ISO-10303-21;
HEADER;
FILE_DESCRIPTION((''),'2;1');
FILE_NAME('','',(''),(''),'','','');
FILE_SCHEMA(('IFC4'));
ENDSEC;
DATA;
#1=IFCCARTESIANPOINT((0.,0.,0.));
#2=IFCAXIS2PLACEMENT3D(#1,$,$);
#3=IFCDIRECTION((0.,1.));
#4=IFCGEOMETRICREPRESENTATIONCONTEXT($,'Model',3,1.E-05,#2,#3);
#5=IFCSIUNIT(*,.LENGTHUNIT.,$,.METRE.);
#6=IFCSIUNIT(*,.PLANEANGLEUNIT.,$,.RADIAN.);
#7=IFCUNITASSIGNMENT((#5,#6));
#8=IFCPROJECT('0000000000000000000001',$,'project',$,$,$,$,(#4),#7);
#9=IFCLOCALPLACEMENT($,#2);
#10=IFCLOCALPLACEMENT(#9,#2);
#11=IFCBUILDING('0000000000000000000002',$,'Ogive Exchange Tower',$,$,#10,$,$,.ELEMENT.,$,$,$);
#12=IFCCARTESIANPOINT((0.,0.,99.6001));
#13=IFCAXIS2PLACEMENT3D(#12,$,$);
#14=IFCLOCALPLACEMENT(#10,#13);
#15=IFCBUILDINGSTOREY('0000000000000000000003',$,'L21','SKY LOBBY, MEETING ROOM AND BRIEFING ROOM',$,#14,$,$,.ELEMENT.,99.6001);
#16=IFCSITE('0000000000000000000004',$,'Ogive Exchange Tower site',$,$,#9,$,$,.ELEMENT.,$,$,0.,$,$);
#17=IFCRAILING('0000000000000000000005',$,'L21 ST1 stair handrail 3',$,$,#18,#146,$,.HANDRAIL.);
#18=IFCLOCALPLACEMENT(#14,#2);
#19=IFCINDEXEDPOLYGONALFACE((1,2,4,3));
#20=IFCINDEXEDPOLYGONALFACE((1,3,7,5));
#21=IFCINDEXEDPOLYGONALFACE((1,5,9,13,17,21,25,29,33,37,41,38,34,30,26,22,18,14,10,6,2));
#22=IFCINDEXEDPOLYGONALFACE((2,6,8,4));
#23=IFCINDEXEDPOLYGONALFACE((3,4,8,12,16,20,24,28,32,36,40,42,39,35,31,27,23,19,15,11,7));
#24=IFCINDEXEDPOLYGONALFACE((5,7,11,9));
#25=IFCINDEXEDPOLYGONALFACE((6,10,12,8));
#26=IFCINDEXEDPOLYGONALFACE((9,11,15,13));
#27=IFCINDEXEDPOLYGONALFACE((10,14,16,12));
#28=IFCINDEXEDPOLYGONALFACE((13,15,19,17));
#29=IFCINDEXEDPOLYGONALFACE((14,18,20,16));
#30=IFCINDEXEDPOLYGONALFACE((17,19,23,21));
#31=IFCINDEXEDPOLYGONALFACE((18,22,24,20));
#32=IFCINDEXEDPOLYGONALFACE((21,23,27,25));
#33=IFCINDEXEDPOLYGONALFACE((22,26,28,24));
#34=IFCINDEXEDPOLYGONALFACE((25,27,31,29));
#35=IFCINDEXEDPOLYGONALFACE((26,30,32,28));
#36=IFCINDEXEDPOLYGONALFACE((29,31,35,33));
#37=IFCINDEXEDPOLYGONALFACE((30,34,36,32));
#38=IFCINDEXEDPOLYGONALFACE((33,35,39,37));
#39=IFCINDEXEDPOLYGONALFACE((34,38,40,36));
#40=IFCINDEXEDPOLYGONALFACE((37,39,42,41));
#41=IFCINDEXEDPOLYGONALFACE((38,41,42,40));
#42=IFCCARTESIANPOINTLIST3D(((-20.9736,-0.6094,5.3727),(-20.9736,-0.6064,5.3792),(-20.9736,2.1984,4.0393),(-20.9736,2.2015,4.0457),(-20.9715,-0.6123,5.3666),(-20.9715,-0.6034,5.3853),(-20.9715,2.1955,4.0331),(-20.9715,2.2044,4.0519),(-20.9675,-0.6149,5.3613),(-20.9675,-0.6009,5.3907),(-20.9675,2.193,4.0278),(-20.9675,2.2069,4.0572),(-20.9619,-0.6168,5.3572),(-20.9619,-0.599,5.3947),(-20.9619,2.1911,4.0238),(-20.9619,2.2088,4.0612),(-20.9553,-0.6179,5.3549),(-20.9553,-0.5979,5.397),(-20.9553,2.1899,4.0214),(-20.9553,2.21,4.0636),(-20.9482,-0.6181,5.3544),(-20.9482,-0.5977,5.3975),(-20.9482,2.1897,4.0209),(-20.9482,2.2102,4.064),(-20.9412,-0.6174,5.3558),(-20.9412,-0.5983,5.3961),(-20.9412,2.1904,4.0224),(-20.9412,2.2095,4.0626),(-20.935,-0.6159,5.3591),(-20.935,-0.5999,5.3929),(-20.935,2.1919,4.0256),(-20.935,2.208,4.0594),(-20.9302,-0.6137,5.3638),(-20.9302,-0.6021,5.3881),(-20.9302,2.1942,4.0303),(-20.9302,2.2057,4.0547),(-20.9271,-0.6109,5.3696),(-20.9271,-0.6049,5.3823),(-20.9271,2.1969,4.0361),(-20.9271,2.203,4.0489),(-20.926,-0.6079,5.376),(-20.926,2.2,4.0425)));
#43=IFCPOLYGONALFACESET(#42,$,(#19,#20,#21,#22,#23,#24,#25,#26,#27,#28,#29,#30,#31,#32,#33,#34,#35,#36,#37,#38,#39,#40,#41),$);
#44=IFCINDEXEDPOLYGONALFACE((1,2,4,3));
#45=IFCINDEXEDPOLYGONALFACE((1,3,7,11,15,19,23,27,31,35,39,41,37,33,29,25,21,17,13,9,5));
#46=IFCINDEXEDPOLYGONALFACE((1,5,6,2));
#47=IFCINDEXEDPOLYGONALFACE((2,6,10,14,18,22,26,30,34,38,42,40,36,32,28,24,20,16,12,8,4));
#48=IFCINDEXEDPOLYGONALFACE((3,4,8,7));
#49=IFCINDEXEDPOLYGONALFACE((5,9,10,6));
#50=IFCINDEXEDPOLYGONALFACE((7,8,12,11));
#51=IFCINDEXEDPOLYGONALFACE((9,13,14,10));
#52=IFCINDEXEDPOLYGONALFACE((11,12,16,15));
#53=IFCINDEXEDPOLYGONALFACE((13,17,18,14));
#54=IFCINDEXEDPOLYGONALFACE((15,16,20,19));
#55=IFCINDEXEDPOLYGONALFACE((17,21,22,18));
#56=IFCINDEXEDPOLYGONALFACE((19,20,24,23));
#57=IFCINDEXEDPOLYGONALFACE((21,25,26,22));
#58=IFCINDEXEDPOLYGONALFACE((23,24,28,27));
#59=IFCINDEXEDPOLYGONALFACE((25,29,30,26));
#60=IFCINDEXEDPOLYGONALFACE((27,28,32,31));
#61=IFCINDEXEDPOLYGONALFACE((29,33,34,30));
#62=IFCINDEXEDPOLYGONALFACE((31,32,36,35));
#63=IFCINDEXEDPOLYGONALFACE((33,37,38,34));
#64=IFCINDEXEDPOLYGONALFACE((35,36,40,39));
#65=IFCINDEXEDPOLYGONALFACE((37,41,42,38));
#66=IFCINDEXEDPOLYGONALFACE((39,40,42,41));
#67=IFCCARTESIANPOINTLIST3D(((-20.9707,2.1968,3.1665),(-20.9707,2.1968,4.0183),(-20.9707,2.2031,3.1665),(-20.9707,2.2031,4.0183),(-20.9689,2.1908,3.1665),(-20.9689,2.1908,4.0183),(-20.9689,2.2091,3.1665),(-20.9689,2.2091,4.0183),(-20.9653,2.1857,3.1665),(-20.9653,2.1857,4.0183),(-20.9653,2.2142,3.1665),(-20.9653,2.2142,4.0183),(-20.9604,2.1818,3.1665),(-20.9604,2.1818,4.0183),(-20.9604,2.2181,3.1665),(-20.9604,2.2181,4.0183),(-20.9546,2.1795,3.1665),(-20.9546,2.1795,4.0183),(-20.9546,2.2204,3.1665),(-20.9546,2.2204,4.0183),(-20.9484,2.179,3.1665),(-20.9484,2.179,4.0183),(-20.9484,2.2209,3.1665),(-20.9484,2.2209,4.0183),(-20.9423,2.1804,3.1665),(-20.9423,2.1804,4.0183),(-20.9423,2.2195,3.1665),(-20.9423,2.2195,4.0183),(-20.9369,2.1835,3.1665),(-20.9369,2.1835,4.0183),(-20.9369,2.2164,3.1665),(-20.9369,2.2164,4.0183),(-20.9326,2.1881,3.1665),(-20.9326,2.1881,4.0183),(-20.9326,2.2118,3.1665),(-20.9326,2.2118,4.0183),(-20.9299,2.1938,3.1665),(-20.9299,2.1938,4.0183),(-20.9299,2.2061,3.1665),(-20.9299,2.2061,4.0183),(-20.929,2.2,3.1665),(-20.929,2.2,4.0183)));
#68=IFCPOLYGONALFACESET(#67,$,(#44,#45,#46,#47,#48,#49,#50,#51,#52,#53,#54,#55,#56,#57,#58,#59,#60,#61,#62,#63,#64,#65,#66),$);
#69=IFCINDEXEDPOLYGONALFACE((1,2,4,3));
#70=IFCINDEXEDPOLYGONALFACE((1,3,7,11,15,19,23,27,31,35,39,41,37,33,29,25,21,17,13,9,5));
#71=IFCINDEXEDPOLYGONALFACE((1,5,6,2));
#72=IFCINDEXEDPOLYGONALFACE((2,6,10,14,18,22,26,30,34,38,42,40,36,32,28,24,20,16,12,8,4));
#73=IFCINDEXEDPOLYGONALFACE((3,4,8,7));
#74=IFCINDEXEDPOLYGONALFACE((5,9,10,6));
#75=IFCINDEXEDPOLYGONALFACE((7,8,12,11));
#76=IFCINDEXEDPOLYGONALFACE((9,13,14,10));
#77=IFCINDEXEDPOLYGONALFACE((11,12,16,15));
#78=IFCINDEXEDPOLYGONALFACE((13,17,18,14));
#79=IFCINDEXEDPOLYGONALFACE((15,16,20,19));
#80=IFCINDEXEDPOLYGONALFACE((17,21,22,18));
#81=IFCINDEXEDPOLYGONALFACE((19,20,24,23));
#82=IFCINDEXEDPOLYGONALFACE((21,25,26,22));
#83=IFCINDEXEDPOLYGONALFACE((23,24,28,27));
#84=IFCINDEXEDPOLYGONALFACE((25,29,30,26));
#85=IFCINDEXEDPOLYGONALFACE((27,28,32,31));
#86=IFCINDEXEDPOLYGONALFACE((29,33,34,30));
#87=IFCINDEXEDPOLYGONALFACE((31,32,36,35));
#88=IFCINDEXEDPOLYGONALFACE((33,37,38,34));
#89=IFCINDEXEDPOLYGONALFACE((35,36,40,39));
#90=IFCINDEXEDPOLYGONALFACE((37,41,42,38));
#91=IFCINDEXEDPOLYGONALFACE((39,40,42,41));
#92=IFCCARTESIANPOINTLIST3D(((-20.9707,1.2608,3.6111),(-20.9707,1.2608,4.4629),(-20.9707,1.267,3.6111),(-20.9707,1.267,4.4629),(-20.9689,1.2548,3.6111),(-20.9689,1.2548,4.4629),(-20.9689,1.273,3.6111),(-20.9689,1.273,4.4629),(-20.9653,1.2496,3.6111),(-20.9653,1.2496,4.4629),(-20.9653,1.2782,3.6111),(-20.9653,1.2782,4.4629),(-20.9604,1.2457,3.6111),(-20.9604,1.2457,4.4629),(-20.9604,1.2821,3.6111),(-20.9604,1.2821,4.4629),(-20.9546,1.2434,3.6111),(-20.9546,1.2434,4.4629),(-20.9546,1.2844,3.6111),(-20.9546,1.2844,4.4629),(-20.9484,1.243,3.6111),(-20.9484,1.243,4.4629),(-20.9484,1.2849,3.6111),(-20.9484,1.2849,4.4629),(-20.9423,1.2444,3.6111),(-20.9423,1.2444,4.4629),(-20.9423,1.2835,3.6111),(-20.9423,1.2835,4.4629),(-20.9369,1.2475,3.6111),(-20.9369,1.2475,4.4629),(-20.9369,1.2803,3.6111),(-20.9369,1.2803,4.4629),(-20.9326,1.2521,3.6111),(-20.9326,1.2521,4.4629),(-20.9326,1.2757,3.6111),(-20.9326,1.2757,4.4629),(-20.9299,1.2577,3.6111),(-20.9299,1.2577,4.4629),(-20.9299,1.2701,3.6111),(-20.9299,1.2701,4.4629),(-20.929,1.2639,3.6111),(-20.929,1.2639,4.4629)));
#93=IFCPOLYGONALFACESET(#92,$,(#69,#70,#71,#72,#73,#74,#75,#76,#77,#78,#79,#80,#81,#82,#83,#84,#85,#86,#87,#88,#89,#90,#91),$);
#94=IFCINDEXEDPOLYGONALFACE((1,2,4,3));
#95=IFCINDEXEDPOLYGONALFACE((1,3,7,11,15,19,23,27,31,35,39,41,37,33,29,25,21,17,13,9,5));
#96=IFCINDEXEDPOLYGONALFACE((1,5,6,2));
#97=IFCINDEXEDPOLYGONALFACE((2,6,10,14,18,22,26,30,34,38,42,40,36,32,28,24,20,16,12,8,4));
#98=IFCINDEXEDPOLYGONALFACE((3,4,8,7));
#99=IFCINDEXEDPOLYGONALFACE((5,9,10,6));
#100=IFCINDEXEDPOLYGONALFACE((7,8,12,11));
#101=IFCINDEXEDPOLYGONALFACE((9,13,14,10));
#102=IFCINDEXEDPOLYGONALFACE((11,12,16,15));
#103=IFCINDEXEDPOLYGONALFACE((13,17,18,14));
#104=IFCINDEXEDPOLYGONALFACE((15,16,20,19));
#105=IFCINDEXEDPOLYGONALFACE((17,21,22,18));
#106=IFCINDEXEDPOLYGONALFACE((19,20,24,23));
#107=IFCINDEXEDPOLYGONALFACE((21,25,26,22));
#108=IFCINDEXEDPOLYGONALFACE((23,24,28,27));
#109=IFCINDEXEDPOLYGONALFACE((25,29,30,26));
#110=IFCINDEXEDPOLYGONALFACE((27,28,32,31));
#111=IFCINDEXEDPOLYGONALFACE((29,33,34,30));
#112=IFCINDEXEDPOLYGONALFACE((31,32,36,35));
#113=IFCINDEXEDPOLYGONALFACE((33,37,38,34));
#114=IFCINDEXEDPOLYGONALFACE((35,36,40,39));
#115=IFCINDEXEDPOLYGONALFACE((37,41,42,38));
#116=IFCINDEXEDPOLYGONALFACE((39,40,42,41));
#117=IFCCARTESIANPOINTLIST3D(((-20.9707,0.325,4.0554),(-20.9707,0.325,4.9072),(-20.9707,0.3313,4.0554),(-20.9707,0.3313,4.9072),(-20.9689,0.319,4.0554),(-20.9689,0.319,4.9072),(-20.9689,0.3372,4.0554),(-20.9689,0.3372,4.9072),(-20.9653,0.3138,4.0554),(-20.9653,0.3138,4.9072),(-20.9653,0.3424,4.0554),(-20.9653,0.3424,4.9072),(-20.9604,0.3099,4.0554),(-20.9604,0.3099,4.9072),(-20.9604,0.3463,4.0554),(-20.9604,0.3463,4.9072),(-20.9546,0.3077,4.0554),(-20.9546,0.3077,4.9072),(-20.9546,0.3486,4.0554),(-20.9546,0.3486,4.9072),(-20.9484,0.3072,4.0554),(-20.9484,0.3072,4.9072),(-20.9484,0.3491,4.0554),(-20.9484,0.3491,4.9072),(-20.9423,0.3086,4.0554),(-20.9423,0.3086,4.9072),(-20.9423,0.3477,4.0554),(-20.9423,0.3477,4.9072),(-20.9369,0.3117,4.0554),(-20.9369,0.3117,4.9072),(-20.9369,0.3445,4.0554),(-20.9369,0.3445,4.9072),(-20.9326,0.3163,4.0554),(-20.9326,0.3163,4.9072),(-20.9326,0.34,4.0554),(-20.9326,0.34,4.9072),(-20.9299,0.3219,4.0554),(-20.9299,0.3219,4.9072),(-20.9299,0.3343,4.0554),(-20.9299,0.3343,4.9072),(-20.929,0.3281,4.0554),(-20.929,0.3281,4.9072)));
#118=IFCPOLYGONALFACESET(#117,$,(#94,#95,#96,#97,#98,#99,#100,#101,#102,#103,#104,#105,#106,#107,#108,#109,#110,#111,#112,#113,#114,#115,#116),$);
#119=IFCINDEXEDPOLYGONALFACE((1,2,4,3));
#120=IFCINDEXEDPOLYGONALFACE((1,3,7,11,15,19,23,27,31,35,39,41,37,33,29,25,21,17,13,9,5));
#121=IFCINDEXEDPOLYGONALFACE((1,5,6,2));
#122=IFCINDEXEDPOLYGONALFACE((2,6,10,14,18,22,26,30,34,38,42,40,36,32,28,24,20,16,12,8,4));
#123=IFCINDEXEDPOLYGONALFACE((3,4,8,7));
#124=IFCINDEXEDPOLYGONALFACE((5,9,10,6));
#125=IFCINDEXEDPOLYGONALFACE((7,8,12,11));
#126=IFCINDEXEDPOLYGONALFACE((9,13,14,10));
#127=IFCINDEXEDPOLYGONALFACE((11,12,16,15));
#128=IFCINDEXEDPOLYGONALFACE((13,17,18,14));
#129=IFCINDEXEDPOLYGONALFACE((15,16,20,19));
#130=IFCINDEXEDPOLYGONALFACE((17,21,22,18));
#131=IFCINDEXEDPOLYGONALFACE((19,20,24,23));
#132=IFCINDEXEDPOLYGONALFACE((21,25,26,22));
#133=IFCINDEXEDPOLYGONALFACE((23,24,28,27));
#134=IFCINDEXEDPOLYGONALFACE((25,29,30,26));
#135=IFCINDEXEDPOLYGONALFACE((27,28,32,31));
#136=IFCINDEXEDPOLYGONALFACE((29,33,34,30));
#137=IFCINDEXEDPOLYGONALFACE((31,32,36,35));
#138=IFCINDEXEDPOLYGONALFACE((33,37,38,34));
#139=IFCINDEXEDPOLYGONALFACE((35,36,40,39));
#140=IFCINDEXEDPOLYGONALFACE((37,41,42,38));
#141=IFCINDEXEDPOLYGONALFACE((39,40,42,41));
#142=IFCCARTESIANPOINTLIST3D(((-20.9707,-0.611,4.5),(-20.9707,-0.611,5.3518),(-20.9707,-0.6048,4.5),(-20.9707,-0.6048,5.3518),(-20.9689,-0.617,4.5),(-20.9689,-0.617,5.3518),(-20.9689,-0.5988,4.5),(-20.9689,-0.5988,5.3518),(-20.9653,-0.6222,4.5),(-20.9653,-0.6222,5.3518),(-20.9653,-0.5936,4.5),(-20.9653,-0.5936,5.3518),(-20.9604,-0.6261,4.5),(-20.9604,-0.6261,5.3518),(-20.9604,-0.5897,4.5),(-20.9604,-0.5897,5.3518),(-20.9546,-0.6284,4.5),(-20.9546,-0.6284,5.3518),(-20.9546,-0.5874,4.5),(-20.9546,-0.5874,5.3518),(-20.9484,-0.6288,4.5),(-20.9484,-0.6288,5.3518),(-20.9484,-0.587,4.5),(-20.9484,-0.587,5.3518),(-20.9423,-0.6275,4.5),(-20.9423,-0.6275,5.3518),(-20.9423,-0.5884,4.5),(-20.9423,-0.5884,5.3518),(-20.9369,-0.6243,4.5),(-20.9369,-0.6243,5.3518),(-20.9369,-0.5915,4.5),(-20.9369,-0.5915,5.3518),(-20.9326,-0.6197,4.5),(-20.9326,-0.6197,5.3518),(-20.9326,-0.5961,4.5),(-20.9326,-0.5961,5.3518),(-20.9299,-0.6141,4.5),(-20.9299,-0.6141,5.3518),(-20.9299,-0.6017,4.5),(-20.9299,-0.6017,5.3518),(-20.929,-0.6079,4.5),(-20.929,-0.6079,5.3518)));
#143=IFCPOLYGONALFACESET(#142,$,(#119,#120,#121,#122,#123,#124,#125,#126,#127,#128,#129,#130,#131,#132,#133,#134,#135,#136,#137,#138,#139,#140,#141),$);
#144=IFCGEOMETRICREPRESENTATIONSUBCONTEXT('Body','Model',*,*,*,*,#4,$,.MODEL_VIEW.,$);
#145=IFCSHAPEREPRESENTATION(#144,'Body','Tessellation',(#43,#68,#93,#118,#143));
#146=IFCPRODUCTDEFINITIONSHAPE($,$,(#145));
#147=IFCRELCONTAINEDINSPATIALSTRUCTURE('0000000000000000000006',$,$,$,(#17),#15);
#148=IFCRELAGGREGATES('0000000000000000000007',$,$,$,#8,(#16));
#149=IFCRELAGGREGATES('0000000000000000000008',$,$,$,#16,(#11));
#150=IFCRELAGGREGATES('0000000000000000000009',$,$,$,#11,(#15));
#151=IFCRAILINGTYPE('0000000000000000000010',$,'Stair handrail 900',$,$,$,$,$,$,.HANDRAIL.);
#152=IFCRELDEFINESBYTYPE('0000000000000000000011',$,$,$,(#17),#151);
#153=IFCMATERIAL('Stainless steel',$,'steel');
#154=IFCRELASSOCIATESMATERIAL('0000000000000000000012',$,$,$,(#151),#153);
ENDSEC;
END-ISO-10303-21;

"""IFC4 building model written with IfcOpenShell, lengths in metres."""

from ifc_helpers import new_model, si_unit, direction, frame, origin, origin_2d, place, context, subcontext, project, spatial, circle, extrude, material, type_object, element, save


model = new_model("IFC4")

# Units and contexts
model_context = context("Model", 3, precision=1e-05, world=origin(), true_north=direction((0.0, 1.0)))
body_context = subcontext(model_context, "Body", "Model", "MODEL_VIEW")
ifc_project = project(units=[si_unit("LENGTHUNIT", "METRE"), si_unit("PLANEANGLEUNIT", "RADIAN")], contexts=[model_context])

# Site, building, storey
site_placement = place(None, origin())
site = spatial("IfcSite", under=ifc_project, at=site_placement, Name="Ogive Exchange Tower site", CompositionType="ELEMENT", RefElevation=0.0)
building_placement = place(site_placement, origin())
building = spatial("IfcBuilding", under=site, at=building_placement, Name="Ogive Exchange Tower", CompositionType="ELEMENT")
storey_placement = place(building_placement, frame((0.0, 0.0, 99.6001)))
storey = spatial("IfcBuildingStorey", under=building, at=storey_placement, Name="L21", Description="SKY LOBBY, MEETING ROOM AND BRIEFING ROOM", CompositionType="ELEMENT", Elevation=99.6001)

# Railing
ifc_material_1 = material(Name="Stainless steel", Category="steel")
railing_type = type_object("IfcRailingType", Name="Stair handrail 900", PredefinedType="HANDRAIL", material=ifc_material_1)
for number, where, name in (
    (1, (-20.95, 2.2, 3.1665), "L21 ST1 stair handrail 3"),
):
    element("IfcRailing", number, at=place(storey_placement, frame(where)), inside=storey, type_object=railing_type, Name=name, PredefinedType="HANDRAIL", context=body_context, shape_type="SweptSolid", body=[
        extrude(circle(Radius=0.0239, at=origin_2d()), frame((0.0, 0.0, 0.876), z_axis=(0.0, -0.903307, 0.428994), x_axis=(1.0, 0.0, 0.0)), (0.0, 0.0, 1.0), 3.1084),
        extrude(circle(Radius=0.021, at=origin_2d()), origin(), (0.0, 0.0, 1.0), 0.8518),
        extrude(circle(Radius=0.021, at=origin_2d()), frame((0.0, -0.936, 0.4446)), (0.0, 0.0, 1.0), 0.8518),
        extrude(circle(Radius=0.021, at=origin_2d()), frame((0.0, -1.8718, 0.8889)), (0.0, 0.0, 1.0), 0.8518),
        extrude(circle(Radius=0.021, at=origin_2d()), frame((0.0, -2.8079, 1.3335)), (0.0, 0.0, 1.0), 0.8518),
    ])

save(model, "model.ifc")
